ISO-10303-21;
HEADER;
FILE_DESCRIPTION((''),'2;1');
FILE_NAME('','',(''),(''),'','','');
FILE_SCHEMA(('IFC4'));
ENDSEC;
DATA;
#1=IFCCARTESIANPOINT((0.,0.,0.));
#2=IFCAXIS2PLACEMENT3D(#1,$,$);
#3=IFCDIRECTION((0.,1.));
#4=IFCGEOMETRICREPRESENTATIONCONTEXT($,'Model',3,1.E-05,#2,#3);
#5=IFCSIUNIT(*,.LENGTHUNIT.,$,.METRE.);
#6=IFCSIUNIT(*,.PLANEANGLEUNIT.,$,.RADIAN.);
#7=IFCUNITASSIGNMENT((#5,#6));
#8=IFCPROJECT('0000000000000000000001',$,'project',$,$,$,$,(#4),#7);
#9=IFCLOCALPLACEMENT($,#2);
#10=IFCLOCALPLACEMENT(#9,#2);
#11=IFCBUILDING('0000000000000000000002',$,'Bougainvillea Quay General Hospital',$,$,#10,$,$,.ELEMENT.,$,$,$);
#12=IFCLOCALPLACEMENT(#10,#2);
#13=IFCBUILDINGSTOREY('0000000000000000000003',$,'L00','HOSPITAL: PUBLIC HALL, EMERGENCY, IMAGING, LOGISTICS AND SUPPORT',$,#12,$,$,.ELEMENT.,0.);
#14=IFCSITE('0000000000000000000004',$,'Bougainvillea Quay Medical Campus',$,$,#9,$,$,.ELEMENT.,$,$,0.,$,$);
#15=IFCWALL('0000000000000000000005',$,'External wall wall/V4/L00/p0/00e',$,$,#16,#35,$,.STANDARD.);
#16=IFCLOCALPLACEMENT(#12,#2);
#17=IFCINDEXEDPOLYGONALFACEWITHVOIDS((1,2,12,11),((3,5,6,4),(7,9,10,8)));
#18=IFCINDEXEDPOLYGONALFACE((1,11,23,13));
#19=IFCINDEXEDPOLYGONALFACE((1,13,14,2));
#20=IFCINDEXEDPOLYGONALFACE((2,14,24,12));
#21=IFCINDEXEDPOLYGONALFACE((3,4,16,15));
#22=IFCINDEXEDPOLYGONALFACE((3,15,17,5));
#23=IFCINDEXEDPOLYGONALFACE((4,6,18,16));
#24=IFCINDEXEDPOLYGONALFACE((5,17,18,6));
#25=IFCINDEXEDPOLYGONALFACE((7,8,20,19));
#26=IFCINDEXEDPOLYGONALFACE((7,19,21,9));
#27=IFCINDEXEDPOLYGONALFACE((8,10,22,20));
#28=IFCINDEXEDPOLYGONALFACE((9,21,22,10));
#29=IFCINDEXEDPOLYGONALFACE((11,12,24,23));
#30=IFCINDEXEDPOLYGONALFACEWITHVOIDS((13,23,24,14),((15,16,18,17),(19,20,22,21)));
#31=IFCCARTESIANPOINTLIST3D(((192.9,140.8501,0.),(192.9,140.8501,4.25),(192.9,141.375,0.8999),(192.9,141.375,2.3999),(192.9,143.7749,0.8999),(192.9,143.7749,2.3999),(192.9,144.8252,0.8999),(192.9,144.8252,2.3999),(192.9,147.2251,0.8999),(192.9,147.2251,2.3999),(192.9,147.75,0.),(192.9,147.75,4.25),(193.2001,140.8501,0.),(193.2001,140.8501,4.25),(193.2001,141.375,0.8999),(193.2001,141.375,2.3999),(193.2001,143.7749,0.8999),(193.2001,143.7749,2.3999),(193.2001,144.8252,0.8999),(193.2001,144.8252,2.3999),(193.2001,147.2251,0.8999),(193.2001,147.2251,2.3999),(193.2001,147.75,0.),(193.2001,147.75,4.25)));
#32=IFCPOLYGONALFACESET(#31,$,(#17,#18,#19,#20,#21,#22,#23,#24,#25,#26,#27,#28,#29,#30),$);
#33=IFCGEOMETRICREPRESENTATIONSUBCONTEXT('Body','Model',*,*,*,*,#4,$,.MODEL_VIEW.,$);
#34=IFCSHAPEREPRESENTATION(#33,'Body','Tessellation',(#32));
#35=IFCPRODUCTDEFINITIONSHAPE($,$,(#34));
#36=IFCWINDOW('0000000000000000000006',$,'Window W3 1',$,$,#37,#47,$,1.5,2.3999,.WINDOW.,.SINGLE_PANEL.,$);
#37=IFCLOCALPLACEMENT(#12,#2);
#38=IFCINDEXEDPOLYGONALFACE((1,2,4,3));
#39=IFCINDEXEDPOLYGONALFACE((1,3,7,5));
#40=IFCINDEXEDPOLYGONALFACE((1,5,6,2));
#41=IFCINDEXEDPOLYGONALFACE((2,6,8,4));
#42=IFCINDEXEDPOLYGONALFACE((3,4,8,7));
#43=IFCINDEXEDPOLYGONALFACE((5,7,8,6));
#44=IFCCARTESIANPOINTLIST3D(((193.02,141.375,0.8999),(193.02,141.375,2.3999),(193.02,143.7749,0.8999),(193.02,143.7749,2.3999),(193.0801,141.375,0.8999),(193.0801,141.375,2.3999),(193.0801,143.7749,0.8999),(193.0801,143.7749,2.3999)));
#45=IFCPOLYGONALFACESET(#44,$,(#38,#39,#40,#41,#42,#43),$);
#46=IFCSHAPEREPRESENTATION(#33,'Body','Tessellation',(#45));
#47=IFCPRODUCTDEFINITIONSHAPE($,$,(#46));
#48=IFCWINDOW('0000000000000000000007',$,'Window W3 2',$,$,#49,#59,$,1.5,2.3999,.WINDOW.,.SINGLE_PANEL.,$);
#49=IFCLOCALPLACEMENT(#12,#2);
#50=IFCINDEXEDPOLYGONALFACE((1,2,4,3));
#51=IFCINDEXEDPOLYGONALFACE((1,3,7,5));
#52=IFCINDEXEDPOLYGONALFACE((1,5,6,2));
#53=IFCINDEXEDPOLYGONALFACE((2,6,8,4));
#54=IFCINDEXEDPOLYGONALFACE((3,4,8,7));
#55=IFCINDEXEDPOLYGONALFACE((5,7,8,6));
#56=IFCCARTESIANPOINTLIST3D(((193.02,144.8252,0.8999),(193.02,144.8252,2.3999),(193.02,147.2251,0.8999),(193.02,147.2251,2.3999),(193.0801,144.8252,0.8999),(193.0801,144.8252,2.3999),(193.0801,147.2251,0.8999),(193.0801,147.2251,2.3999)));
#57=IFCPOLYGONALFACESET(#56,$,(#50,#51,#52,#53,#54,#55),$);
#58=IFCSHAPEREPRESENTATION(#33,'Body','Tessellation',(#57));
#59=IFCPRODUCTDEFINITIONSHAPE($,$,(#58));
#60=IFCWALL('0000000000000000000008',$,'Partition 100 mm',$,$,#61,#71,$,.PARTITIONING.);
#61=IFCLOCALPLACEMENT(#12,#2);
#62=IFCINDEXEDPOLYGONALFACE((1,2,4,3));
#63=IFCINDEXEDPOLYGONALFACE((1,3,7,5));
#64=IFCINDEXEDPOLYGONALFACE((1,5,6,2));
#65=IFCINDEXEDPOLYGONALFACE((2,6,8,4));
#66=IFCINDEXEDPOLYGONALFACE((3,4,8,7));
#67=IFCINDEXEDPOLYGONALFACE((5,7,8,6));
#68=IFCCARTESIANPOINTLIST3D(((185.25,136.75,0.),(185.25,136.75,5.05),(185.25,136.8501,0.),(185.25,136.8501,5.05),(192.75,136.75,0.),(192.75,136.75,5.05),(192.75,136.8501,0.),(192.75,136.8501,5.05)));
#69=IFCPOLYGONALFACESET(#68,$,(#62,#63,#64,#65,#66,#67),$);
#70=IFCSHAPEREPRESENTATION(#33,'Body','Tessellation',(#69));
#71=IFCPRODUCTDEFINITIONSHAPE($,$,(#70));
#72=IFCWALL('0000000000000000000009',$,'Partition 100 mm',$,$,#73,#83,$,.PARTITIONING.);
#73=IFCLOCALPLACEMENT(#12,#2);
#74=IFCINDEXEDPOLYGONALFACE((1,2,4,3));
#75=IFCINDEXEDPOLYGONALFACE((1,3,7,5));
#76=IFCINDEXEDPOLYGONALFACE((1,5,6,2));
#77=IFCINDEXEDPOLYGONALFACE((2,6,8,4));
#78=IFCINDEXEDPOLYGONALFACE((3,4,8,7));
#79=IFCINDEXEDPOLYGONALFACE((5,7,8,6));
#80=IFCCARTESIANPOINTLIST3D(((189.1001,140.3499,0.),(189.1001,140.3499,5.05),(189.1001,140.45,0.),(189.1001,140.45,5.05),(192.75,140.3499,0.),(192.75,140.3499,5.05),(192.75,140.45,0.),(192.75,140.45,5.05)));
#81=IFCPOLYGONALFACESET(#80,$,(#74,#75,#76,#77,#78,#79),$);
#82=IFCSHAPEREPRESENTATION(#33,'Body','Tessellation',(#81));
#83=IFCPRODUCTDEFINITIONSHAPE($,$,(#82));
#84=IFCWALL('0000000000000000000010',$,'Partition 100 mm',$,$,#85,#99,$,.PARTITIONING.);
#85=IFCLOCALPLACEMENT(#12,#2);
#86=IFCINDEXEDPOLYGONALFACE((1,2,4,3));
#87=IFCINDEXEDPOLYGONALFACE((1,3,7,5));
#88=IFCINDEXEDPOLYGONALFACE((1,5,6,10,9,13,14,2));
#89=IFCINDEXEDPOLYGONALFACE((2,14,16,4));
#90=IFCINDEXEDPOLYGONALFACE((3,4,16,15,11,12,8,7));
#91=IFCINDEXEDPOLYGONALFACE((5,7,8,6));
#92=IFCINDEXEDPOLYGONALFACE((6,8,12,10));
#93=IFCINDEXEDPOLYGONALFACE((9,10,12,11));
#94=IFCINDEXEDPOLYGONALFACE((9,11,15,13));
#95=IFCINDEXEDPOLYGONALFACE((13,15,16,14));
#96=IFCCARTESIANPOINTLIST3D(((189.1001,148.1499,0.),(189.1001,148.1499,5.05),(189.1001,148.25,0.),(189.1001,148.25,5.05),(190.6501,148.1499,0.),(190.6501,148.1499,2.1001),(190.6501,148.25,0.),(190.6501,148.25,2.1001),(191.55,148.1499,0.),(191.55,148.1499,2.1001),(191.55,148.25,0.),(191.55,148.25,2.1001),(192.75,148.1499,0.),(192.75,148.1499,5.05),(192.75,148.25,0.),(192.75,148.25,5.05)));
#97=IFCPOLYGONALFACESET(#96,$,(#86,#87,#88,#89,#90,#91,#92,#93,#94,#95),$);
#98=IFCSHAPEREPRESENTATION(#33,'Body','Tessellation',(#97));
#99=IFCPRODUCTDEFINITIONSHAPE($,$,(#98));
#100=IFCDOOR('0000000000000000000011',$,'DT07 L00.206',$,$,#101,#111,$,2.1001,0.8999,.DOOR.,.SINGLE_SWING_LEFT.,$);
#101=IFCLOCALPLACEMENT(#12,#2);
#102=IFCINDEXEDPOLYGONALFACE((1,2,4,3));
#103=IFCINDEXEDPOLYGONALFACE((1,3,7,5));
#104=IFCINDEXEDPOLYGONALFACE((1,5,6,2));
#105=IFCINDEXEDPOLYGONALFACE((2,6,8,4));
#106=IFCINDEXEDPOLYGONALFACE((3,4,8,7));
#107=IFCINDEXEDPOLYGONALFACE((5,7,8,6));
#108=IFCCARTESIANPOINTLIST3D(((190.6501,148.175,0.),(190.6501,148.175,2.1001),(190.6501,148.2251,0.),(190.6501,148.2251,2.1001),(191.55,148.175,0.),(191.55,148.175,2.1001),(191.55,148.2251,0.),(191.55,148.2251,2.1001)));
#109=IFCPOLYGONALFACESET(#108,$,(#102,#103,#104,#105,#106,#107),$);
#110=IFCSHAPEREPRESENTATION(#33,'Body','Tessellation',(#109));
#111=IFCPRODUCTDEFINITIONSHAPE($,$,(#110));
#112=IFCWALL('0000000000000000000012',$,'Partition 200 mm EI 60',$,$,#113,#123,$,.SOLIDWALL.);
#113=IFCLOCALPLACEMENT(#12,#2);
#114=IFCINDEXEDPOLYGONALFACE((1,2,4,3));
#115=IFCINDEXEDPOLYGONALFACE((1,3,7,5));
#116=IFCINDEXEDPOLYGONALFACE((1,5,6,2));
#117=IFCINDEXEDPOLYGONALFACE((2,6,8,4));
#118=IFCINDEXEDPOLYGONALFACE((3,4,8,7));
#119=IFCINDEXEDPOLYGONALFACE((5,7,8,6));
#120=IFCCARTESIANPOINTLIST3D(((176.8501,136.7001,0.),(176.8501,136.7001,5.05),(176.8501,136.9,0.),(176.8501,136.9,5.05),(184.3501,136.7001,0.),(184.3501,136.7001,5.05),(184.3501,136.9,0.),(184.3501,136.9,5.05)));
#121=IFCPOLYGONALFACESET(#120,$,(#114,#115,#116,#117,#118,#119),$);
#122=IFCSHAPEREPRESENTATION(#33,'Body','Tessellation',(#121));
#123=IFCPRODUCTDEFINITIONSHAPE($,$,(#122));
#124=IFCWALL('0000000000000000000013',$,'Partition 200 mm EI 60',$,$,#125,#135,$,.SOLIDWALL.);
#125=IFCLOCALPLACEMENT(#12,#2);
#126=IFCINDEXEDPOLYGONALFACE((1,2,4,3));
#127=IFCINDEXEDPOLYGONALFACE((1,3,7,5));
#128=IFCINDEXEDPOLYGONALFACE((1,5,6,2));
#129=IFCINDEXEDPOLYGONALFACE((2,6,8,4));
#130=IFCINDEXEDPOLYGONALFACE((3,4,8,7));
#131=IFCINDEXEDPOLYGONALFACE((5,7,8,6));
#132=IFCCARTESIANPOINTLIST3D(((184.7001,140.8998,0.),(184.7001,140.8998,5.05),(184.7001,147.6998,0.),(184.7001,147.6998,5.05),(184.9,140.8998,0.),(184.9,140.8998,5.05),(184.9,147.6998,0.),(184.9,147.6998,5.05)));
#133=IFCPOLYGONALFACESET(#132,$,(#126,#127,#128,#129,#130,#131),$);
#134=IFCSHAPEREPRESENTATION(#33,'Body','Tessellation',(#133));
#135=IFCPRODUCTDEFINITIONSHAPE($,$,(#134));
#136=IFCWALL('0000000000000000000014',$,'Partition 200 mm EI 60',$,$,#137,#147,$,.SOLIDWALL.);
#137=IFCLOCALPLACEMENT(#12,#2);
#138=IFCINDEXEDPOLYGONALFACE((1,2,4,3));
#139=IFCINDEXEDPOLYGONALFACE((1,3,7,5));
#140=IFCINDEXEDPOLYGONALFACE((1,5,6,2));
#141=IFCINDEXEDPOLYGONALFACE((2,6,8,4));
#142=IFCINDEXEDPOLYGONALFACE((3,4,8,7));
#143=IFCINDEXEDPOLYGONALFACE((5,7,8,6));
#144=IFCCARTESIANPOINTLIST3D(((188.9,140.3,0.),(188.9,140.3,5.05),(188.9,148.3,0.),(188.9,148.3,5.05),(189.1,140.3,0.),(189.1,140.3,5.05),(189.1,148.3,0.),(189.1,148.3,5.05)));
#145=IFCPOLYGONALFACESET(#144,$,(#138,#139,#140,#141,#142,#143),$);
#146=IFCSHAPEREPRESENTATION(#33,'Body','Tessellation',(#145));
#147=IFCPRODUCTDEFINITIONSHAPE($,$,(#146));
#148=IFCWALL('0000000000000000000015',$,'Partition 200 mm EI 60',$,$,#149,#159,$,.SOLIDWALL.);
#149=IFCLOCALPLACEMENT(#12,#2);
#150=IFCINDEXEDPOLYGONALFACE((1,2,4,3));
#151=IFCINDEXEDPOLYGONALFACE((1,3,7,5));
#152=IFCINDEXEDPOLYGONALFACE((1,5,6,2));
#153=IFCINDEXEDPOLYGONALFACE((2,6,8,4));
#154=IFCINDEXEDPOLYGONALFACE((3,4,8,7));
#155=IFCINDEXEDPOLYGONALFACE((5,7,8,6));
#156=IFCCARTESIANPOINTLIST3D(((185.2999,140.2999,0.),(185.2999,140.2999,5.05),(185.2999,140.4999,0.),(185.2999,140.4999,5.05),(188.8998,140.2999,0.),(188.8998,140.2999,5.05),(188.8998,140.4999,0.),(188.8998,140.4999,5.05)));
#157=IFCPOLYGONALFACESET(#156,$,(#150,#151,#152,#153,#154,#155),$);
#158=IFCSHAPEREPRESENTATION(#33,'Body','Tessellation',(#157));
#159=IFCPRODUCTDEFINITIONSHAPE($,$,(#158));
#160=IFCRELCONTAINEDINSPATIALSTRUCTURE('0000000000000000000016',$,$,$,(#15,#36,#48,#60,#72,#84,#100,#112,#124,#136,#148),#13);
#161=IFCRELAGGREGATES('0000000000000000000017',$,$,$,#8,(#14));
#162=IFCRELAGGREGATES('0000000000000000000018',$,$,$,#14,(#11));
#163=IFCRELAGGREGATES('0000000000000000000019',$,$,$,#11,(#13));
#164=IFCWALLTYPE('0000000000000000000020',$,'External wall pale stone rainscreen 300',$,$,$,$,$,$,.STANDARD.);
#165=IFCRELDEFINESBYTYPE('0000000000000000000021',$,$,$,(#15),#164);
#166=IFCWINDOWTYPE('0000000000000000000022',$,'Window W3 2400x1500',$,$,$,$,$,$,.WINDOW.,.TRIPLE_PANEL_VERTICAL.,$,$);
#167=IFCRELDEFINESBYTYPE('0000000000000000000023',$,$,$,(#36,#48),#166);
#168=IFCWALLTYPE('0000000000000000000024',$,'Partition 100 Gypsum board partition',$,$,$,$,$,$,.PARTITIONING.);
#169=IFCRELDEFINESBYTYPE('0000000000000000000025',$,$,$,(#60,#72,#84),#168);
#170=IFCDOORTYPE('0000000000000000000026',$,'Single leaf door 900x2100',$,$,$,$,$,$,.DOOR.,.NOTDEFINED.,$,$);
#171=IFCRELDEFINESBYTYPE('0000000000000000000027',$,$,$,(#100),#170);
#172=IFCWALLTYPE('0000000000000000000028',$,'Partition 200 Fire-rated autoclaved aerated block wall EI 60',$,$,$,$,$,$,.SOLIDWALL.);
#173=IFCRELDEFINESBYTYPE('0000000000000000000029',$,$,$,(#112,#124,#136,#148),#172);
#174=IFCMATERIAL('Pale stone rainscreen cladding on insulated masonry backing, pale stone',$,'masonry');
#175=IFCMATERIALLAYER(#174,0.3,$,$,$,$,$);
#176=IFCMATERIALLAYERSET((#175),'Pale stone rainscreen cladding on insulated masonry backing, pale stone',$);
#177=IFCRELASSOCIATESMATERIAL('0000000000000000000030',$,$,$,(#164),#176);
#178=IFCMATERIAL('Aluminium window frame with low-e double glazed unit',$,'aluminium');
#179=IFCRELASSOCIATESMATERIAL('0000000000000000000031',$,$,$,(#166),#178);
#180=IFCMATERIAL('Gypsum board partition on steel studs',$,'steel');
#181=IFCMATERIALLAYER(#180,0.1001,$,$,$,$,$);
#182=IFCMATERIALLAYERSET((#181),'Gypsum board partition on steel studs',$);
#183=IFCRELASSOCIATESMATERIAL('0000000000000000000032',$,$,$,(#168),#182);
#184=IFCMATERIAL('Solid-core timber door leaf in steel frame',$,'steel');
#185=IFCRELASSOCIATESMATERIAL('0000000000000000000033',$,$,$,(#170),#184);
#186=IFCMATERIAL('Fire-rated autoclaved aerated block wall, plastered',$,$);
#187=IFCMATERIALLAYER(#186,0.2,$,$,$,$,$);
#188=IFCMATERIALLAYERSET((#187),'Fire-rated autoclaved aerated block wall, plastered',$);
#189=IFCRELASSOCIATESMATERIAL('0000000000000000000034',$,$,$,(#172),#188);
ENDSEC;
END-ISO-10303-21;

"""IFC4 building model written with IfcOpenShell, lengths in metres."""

from ifc_helpers import new_model, si_unit, direction, frame, frame_2d, origin, place, context, subcontext, project, spatial, rectangle, extrude, material, layer, layer_set, type_object, element, fill, save


model = new_model("IFC4")

# Units and contexts
model_context = context("Model", 3, precision=1e-05, world=origin(), true_north=direction((0.0, 1.0)))
body_context = subcontext(model_context, "Body", "Model", "MODEL_VIEW")
ifc_project = project(units=[si_unit("LENGTHUNIT", "METRE"), si_unit("PLANEANGLEUNIT", "RADIAN")], contexts=[model_context])

# Site, building, storey
site_placement = place(None, origin())
site = spatial("IfcSite", under=ifc_project, at=site_placement, Name="Bougainvillea Quay Medical Campus", CompositionType="ELEMENT", RefElevation=0.0)
building_placement = place(site_placement, origin())
building = spatial("IfcBuilding", under=site, at=building_placement, Name="Bougainvillea Quay General Hospital", CompositionType="ELEMENT")
storey_placement = place(building_placement, origin())
storey = spatial("IfcBuildingStorey", under=building, at=storey_placement, Name="L00", Description="HOSPITAL: PUBLIC HALL, EMERGENCY, IMAGING, LOGISTICS AND SUPPORT", CompositionType="ELEMENT", Elevation=0.0)

# Shared definitions
ifc_material_1 = material(Name="Pale stone rainscreen cladding on insulated masonry backing, pale stone", Category="masonry")
ifc_layer_1 = layer(ifc_material_1, 0.3)
ifc_layer_set_1 = layer_set([ifc_layer_1], Name="Pale stone rainscreen cladding on insulated masonry backing, pale stone")
wall_type_1 = type_object("IfcWallType", Name="External wall pale stone rainscreen 300", PredefinedType="STANDARD", material=ifc_layer_set_1)

# Wall, openings, windows
wall_1_placement = place(storey_placement, frame((193.05, 140.8501, 0.0), z_axis=(0.0, 0.0, 1.0), x_axis=(0.0, 1.0, 0.0)))
wall_1 = element("IfcWall", 1, at=wall_1_placement, inside=storey, type_object=wall_type_1, Name="External wall wall/V4/L00/p0/00e", PredefinedType="STANDARD", context=body_context, shape_type="SweptSolid", body=[
    extrude(rectangle(XDim=6.8999, YDim=0.3, at=frame_2d((3.45, 0.0))), origin(), (0.0, 0.0, 1.0), 4.25),
])
opening_1_placement = place(wall_1_placement, frame((0.5249, 0.0, 0.8999)))
opening_1 = element("IfcOpeningElement", 2, at=opening_1_placement, cuts=wall_1, PredefinedType="OPENING", context=body_context, shape_type="SweptSolid", body=[
    extrude(rectangle(XDim=2.3999, YDim=1.5, at=frame_2d((1.2, 0.75))), frame((0.0, 0.1599, 0.0), z_axis=(0.0, -1.0, 0.0), x_axis=(1.0, 0.0, 0.0)), (0.0, 0.0, 1.0), 0.3201),
])
opening_2_placement = place(wall_1_placement, frame((3.9751, 0.0, 0.8999)))
opening_2 = element("IfcOpeningElement", 3, at=opening_2_placement, cuts=wall_1, PredefinedType="OPENING", context=body_context, shape_type="SweptSolid", body=[
    extrude(rectangle(XDim=2.3999, YDim=1.5, at=frame_2d((1.2, 0.75))), frame((0.0, 0.1599, 0.0), z_axis=(0.0, -1.0, 0.0), x_axis=(1.0, 0.0, 0.0)), (0.0, 0.0, 1.0), 0.3201),
])
ifc_material_2 = material(Name="Aluminium window frame with low-e double glazed unit", Category="aluminium")
window_type = type_object("IfcWindowType", Name="Window W3 2400x1500", PartitioningType="TRIPLE_PANEL_VERTICAL", PredefinedType="WINDOW", material=ifc_material_2)
window_1_placement = place(opening_1_placement, origin())
window_1 = element("IfcWindow", 4, at=window_1_placement, inside=storey, type_object=window_type, Name="Window W3 1", OverallHeight=1.5, OverallWidth=2.3999, PartitioningType="SINGLE_PANEL", PredefinedType="WINDOW", context=body_context, shape_type="SweptSolid", body=[
    extrude(rectangle(XDim=2.3999, YDim=1.5, at=frame_2d((1.2, 0.75))), frame((0.0, 0.03, 0.0), z_axis=(0.0, -1.0, 0.0), x_axis=(1.0, 0.0, 0.0)), (0.0, 0.0, 1.0), 0.0601),
])
fill(opening_1, window_1)
window_2_placement = place(opening_2_placement, origin())
window_2 = element("IfcWindow", 5, at=window_2_placement, inside=storey, type_object=window_type, Name="Window W3 2", OverallHeight=1.5, OverallWidth=2.3999, PartitioningType="SINGLE_PANEL", PredefinedType="WINDOW", context=body_context, shape_type="SweptSolid", body=[
    extrude(rectangle(XDim=2.3999, YDim=1.5, at=frame_2d((1.2, 0.75))), frame((0.0, 0.03, 0.0), z_axis=(0.0, -1.0, 0.0), x_axis=(1.0, 0.0, 0.0)), (0.0, 0.0, 1.0), 0.0601),
])
fill(opening_2, window_2)

# Walls
ifc_material_3 = material(Name="Gypsum board partition on steel studs", Category="steel")
ifc_layer_2 = layer(ifc_material_3, 0.1001)
ifc_layer_set_2 = layer_set([ifc_layer_2], Name="Gypsum board partition on steel studs")
wall_type_2 = type_object("IfcWallType", Name="Partition 100 Gypsum board partition", PredefinedType="PARTITIONING", material=ifc_layer_set_2)
wall_2_placement = place(storey_placement, frame((185.25, 136.8, 0.0), z_axis=(0.0, 0.0, 1.0), x_axis=(1.0, 0.0, 0.0)))
element("IfcWall", 6, at=wall_2_placement, inside=storey, type_object=wall_type_2, Name="Partition 100 mm", PredefinedType="PARTITIONING", context=body_context, shape_type="SweptSolid", body=[
    extrude(rectangle(XDim=7.5, YDim=0.1001, at=frame_2d((3.75, 0.0))), origin(), (0.0, 0.0, 1.0), 5.05),
])
wall_3_placement = place(storey_placement, frame((189.1001, 140.3999, 0.0), z_axis=(0.0, 0.0, 1.0), x_axis=(1.0, 0.0, 0.0)))
element("IfcWall", 7, at=wall_3_placement, inside=storey, type_object=wall_type_2, Name="Partition 100 mm", PredefinedType="PARTITIONING", context=body_context, shape_type="SweptSolid", body=[
    extrude(rectangle(XDim=3.6499, YDim=0.1001, at=frame_2d((1.825, 0.0))), origin(), (0.0, 0.0, 1.0), 5.05),
])

# Wall, opening, door
wall_4_placement = place(storey_placement, frame((189.1001, 148.2, 0.0), z_axis=(0.0, 0.0, 1.0), x_axis=(1.0, 0.0, 0.0)))
wall_4 = element("IfcWall", 8, at=wall_4_placement, inside=storey, type_object=wall_type_2, Name="Partition 100 mm", PredefinedType="PARTITIONING", context=body_context, shape_type="SweptSolid", body=[
    extrude(rectangle(XDim=3.6499, YDim=0.1001, at=frame_2d((1.825, 0.0))), origin(), (0.0, 0.0, 1.0), 5.05),
])
opening_3_placement = place(wall_4_placement, frame((1.55, 0.0, 0.0)))
opening_3 = element("IfcOpeningElement", 9, at=opening_3_placement, cuts=wall_4, PredefinedType="OPENING", context=body_context, shape_type="SweptSolid", body=[
    extrude(rectangle(XDim=0.8999, YDim=2.1001, at=frame_2d((0.45, 1.05))), frame((0.0, 0.0601, 0.0), z_axis=(0.0, -1.0, 0.0), x_axis=(1.0, 0.0, 0.0)), (0.0, 0.0, 1.0), 0.1201),
])
ifc_material_4 = material(Name="Solid-core timber door leaf in steel frame", Category="steel")
door_type_1 = type_object("IfcDoorType", Name="Single leaf door 900x2100", OperationType="NOTDEFINED", PredefinedType="DOOR", material=ifc_material_4)
door_1_placement = place(opening_3_placement, frame((0.8999, 0.0, 0.0), z_axis=(0.0, 0.0, 1.0), x_axis=(-1.0, 0.0, 0.0)))
door_1 = element("IfcDoor", 10, at=door_1_placement, inside=storey, type_object=door_type_1, Name="DT07 L00.206", OperationType="SINGLE_SWING_LEFT", OverallHeight=2.1001, OverallWidth=0.8999, PredefinedType="DOOR", context=body_context, shape_type="SweptSolid", body=[
    extrude(rectangle(XDim=0.8999, YDim=2.1001, at=frame_2d((0.45, 1.05))), frame((0.0, 0.0249, 0.0), z_axis=(0.0, -1.0, 0.0), x_axis=(1.0, 0.0, 0.0)), (0.0, 0.0, 1.0), 0.05),
])
fill(opening_3, door_1)

# Walls
ifc_material_5 = material(Name="Fire-rated autoclaved aerated block wall, plastered")
ifc_layer_3 = layer(ifc_material_5, 0.2)
ifc_layer_set_3 = layer_set([ifc_layer_3], Name="Fire-rated autoclaved aerated block wall, plastered")
wall_type_3 = type_object("IfcWallType", Name="Partition 200 Fire-rated autoclaved aerated block wall EI 60", PredefinedType="SOLIDWALL", material=ifc_layer_set_3)
wall_5_placement = place(storey_placement, frame((184.3501, 136.8, 0.0), z_axis=(0.0, 0.0, 1.0), x_axis=(-1.0, 0.0, 0.0)))
element("IfcWall", 11, at=wall_5_placement, inside=storey, type_object=wall_type_3, Name="Partition 200 mm EI 60", PredefinedType="SOLIDWALL", context=body_context, shape_type="SweptSolid", body=[
    extrude(rectangle(XDim=7.5, YDim=0.2, at=frame_2d((3.75, 0.0))), origin(), (0.0, 0.0, 1.0), 5.05),
])
wall_6_placement = place(storey_placement, frame((184.8, 140.8999, 0.0), z_axis=(0.0, 0.0, 1.0), x_axis=(0.0, 1.0, 0.0)))
element("IfcWall", 12, at=wall_6_placement, inside=storey, type_object=wall_type_3, Name="Partition 200 mm EI 60", PredefinedType="SOLIDWALL", context=body_context, shape_type="SweptSolid", body=[
    extrude(rectangle(XDim=6.8, YDim=0.2, at=frame_2d((3.3999, 0.0))), origin(), (0.0, 0.0, 1.0), 5.05),
])
wall_7_placement = place(storey_placement, frame((189.0, 140.3, 0.0), z_axis=(0.0, 0.0, 1.0), x_axis=(0.0, 1.0, 0.0)))
element("IfcWall", 13, at=wall_7_placement, inside=storey, type_object=wall_type_3, Name="Partition 200 mm EI 60", PredefinedType="SOLIDWALL", context=body_context, shape_type="SweptSolid", body=[
    extrude(rectangle(XDim=8.0, YDim=0.2, at=frame_2d((4.0, 0.0))), origin(), (0.0, 0.0, 1.0), 5.05),
])
wall_8_placement = place(storey_placement, frame((185.3, 140.3999, 0.0), z_axis=(0.0, 0.0, 1.0), x_axis=(1.0, 0.0, 0.0)))
element("IfcWall", 14, at=wall_8_placement, inside=storey, type_object=wall_type_3, Name="Partition 200 mm EI 60", PredefinedType="SOLIDWALL", context=body_context, shape_type="SweptSolid", body=[
    extrude(rectangle(XDim=3.5999, YDim=0.2, at=frame_2d((1.7998, 0.0))), origin(), (0.0, 0.0, 1.0), 5.05),
])

save(model, "model.ifc")
